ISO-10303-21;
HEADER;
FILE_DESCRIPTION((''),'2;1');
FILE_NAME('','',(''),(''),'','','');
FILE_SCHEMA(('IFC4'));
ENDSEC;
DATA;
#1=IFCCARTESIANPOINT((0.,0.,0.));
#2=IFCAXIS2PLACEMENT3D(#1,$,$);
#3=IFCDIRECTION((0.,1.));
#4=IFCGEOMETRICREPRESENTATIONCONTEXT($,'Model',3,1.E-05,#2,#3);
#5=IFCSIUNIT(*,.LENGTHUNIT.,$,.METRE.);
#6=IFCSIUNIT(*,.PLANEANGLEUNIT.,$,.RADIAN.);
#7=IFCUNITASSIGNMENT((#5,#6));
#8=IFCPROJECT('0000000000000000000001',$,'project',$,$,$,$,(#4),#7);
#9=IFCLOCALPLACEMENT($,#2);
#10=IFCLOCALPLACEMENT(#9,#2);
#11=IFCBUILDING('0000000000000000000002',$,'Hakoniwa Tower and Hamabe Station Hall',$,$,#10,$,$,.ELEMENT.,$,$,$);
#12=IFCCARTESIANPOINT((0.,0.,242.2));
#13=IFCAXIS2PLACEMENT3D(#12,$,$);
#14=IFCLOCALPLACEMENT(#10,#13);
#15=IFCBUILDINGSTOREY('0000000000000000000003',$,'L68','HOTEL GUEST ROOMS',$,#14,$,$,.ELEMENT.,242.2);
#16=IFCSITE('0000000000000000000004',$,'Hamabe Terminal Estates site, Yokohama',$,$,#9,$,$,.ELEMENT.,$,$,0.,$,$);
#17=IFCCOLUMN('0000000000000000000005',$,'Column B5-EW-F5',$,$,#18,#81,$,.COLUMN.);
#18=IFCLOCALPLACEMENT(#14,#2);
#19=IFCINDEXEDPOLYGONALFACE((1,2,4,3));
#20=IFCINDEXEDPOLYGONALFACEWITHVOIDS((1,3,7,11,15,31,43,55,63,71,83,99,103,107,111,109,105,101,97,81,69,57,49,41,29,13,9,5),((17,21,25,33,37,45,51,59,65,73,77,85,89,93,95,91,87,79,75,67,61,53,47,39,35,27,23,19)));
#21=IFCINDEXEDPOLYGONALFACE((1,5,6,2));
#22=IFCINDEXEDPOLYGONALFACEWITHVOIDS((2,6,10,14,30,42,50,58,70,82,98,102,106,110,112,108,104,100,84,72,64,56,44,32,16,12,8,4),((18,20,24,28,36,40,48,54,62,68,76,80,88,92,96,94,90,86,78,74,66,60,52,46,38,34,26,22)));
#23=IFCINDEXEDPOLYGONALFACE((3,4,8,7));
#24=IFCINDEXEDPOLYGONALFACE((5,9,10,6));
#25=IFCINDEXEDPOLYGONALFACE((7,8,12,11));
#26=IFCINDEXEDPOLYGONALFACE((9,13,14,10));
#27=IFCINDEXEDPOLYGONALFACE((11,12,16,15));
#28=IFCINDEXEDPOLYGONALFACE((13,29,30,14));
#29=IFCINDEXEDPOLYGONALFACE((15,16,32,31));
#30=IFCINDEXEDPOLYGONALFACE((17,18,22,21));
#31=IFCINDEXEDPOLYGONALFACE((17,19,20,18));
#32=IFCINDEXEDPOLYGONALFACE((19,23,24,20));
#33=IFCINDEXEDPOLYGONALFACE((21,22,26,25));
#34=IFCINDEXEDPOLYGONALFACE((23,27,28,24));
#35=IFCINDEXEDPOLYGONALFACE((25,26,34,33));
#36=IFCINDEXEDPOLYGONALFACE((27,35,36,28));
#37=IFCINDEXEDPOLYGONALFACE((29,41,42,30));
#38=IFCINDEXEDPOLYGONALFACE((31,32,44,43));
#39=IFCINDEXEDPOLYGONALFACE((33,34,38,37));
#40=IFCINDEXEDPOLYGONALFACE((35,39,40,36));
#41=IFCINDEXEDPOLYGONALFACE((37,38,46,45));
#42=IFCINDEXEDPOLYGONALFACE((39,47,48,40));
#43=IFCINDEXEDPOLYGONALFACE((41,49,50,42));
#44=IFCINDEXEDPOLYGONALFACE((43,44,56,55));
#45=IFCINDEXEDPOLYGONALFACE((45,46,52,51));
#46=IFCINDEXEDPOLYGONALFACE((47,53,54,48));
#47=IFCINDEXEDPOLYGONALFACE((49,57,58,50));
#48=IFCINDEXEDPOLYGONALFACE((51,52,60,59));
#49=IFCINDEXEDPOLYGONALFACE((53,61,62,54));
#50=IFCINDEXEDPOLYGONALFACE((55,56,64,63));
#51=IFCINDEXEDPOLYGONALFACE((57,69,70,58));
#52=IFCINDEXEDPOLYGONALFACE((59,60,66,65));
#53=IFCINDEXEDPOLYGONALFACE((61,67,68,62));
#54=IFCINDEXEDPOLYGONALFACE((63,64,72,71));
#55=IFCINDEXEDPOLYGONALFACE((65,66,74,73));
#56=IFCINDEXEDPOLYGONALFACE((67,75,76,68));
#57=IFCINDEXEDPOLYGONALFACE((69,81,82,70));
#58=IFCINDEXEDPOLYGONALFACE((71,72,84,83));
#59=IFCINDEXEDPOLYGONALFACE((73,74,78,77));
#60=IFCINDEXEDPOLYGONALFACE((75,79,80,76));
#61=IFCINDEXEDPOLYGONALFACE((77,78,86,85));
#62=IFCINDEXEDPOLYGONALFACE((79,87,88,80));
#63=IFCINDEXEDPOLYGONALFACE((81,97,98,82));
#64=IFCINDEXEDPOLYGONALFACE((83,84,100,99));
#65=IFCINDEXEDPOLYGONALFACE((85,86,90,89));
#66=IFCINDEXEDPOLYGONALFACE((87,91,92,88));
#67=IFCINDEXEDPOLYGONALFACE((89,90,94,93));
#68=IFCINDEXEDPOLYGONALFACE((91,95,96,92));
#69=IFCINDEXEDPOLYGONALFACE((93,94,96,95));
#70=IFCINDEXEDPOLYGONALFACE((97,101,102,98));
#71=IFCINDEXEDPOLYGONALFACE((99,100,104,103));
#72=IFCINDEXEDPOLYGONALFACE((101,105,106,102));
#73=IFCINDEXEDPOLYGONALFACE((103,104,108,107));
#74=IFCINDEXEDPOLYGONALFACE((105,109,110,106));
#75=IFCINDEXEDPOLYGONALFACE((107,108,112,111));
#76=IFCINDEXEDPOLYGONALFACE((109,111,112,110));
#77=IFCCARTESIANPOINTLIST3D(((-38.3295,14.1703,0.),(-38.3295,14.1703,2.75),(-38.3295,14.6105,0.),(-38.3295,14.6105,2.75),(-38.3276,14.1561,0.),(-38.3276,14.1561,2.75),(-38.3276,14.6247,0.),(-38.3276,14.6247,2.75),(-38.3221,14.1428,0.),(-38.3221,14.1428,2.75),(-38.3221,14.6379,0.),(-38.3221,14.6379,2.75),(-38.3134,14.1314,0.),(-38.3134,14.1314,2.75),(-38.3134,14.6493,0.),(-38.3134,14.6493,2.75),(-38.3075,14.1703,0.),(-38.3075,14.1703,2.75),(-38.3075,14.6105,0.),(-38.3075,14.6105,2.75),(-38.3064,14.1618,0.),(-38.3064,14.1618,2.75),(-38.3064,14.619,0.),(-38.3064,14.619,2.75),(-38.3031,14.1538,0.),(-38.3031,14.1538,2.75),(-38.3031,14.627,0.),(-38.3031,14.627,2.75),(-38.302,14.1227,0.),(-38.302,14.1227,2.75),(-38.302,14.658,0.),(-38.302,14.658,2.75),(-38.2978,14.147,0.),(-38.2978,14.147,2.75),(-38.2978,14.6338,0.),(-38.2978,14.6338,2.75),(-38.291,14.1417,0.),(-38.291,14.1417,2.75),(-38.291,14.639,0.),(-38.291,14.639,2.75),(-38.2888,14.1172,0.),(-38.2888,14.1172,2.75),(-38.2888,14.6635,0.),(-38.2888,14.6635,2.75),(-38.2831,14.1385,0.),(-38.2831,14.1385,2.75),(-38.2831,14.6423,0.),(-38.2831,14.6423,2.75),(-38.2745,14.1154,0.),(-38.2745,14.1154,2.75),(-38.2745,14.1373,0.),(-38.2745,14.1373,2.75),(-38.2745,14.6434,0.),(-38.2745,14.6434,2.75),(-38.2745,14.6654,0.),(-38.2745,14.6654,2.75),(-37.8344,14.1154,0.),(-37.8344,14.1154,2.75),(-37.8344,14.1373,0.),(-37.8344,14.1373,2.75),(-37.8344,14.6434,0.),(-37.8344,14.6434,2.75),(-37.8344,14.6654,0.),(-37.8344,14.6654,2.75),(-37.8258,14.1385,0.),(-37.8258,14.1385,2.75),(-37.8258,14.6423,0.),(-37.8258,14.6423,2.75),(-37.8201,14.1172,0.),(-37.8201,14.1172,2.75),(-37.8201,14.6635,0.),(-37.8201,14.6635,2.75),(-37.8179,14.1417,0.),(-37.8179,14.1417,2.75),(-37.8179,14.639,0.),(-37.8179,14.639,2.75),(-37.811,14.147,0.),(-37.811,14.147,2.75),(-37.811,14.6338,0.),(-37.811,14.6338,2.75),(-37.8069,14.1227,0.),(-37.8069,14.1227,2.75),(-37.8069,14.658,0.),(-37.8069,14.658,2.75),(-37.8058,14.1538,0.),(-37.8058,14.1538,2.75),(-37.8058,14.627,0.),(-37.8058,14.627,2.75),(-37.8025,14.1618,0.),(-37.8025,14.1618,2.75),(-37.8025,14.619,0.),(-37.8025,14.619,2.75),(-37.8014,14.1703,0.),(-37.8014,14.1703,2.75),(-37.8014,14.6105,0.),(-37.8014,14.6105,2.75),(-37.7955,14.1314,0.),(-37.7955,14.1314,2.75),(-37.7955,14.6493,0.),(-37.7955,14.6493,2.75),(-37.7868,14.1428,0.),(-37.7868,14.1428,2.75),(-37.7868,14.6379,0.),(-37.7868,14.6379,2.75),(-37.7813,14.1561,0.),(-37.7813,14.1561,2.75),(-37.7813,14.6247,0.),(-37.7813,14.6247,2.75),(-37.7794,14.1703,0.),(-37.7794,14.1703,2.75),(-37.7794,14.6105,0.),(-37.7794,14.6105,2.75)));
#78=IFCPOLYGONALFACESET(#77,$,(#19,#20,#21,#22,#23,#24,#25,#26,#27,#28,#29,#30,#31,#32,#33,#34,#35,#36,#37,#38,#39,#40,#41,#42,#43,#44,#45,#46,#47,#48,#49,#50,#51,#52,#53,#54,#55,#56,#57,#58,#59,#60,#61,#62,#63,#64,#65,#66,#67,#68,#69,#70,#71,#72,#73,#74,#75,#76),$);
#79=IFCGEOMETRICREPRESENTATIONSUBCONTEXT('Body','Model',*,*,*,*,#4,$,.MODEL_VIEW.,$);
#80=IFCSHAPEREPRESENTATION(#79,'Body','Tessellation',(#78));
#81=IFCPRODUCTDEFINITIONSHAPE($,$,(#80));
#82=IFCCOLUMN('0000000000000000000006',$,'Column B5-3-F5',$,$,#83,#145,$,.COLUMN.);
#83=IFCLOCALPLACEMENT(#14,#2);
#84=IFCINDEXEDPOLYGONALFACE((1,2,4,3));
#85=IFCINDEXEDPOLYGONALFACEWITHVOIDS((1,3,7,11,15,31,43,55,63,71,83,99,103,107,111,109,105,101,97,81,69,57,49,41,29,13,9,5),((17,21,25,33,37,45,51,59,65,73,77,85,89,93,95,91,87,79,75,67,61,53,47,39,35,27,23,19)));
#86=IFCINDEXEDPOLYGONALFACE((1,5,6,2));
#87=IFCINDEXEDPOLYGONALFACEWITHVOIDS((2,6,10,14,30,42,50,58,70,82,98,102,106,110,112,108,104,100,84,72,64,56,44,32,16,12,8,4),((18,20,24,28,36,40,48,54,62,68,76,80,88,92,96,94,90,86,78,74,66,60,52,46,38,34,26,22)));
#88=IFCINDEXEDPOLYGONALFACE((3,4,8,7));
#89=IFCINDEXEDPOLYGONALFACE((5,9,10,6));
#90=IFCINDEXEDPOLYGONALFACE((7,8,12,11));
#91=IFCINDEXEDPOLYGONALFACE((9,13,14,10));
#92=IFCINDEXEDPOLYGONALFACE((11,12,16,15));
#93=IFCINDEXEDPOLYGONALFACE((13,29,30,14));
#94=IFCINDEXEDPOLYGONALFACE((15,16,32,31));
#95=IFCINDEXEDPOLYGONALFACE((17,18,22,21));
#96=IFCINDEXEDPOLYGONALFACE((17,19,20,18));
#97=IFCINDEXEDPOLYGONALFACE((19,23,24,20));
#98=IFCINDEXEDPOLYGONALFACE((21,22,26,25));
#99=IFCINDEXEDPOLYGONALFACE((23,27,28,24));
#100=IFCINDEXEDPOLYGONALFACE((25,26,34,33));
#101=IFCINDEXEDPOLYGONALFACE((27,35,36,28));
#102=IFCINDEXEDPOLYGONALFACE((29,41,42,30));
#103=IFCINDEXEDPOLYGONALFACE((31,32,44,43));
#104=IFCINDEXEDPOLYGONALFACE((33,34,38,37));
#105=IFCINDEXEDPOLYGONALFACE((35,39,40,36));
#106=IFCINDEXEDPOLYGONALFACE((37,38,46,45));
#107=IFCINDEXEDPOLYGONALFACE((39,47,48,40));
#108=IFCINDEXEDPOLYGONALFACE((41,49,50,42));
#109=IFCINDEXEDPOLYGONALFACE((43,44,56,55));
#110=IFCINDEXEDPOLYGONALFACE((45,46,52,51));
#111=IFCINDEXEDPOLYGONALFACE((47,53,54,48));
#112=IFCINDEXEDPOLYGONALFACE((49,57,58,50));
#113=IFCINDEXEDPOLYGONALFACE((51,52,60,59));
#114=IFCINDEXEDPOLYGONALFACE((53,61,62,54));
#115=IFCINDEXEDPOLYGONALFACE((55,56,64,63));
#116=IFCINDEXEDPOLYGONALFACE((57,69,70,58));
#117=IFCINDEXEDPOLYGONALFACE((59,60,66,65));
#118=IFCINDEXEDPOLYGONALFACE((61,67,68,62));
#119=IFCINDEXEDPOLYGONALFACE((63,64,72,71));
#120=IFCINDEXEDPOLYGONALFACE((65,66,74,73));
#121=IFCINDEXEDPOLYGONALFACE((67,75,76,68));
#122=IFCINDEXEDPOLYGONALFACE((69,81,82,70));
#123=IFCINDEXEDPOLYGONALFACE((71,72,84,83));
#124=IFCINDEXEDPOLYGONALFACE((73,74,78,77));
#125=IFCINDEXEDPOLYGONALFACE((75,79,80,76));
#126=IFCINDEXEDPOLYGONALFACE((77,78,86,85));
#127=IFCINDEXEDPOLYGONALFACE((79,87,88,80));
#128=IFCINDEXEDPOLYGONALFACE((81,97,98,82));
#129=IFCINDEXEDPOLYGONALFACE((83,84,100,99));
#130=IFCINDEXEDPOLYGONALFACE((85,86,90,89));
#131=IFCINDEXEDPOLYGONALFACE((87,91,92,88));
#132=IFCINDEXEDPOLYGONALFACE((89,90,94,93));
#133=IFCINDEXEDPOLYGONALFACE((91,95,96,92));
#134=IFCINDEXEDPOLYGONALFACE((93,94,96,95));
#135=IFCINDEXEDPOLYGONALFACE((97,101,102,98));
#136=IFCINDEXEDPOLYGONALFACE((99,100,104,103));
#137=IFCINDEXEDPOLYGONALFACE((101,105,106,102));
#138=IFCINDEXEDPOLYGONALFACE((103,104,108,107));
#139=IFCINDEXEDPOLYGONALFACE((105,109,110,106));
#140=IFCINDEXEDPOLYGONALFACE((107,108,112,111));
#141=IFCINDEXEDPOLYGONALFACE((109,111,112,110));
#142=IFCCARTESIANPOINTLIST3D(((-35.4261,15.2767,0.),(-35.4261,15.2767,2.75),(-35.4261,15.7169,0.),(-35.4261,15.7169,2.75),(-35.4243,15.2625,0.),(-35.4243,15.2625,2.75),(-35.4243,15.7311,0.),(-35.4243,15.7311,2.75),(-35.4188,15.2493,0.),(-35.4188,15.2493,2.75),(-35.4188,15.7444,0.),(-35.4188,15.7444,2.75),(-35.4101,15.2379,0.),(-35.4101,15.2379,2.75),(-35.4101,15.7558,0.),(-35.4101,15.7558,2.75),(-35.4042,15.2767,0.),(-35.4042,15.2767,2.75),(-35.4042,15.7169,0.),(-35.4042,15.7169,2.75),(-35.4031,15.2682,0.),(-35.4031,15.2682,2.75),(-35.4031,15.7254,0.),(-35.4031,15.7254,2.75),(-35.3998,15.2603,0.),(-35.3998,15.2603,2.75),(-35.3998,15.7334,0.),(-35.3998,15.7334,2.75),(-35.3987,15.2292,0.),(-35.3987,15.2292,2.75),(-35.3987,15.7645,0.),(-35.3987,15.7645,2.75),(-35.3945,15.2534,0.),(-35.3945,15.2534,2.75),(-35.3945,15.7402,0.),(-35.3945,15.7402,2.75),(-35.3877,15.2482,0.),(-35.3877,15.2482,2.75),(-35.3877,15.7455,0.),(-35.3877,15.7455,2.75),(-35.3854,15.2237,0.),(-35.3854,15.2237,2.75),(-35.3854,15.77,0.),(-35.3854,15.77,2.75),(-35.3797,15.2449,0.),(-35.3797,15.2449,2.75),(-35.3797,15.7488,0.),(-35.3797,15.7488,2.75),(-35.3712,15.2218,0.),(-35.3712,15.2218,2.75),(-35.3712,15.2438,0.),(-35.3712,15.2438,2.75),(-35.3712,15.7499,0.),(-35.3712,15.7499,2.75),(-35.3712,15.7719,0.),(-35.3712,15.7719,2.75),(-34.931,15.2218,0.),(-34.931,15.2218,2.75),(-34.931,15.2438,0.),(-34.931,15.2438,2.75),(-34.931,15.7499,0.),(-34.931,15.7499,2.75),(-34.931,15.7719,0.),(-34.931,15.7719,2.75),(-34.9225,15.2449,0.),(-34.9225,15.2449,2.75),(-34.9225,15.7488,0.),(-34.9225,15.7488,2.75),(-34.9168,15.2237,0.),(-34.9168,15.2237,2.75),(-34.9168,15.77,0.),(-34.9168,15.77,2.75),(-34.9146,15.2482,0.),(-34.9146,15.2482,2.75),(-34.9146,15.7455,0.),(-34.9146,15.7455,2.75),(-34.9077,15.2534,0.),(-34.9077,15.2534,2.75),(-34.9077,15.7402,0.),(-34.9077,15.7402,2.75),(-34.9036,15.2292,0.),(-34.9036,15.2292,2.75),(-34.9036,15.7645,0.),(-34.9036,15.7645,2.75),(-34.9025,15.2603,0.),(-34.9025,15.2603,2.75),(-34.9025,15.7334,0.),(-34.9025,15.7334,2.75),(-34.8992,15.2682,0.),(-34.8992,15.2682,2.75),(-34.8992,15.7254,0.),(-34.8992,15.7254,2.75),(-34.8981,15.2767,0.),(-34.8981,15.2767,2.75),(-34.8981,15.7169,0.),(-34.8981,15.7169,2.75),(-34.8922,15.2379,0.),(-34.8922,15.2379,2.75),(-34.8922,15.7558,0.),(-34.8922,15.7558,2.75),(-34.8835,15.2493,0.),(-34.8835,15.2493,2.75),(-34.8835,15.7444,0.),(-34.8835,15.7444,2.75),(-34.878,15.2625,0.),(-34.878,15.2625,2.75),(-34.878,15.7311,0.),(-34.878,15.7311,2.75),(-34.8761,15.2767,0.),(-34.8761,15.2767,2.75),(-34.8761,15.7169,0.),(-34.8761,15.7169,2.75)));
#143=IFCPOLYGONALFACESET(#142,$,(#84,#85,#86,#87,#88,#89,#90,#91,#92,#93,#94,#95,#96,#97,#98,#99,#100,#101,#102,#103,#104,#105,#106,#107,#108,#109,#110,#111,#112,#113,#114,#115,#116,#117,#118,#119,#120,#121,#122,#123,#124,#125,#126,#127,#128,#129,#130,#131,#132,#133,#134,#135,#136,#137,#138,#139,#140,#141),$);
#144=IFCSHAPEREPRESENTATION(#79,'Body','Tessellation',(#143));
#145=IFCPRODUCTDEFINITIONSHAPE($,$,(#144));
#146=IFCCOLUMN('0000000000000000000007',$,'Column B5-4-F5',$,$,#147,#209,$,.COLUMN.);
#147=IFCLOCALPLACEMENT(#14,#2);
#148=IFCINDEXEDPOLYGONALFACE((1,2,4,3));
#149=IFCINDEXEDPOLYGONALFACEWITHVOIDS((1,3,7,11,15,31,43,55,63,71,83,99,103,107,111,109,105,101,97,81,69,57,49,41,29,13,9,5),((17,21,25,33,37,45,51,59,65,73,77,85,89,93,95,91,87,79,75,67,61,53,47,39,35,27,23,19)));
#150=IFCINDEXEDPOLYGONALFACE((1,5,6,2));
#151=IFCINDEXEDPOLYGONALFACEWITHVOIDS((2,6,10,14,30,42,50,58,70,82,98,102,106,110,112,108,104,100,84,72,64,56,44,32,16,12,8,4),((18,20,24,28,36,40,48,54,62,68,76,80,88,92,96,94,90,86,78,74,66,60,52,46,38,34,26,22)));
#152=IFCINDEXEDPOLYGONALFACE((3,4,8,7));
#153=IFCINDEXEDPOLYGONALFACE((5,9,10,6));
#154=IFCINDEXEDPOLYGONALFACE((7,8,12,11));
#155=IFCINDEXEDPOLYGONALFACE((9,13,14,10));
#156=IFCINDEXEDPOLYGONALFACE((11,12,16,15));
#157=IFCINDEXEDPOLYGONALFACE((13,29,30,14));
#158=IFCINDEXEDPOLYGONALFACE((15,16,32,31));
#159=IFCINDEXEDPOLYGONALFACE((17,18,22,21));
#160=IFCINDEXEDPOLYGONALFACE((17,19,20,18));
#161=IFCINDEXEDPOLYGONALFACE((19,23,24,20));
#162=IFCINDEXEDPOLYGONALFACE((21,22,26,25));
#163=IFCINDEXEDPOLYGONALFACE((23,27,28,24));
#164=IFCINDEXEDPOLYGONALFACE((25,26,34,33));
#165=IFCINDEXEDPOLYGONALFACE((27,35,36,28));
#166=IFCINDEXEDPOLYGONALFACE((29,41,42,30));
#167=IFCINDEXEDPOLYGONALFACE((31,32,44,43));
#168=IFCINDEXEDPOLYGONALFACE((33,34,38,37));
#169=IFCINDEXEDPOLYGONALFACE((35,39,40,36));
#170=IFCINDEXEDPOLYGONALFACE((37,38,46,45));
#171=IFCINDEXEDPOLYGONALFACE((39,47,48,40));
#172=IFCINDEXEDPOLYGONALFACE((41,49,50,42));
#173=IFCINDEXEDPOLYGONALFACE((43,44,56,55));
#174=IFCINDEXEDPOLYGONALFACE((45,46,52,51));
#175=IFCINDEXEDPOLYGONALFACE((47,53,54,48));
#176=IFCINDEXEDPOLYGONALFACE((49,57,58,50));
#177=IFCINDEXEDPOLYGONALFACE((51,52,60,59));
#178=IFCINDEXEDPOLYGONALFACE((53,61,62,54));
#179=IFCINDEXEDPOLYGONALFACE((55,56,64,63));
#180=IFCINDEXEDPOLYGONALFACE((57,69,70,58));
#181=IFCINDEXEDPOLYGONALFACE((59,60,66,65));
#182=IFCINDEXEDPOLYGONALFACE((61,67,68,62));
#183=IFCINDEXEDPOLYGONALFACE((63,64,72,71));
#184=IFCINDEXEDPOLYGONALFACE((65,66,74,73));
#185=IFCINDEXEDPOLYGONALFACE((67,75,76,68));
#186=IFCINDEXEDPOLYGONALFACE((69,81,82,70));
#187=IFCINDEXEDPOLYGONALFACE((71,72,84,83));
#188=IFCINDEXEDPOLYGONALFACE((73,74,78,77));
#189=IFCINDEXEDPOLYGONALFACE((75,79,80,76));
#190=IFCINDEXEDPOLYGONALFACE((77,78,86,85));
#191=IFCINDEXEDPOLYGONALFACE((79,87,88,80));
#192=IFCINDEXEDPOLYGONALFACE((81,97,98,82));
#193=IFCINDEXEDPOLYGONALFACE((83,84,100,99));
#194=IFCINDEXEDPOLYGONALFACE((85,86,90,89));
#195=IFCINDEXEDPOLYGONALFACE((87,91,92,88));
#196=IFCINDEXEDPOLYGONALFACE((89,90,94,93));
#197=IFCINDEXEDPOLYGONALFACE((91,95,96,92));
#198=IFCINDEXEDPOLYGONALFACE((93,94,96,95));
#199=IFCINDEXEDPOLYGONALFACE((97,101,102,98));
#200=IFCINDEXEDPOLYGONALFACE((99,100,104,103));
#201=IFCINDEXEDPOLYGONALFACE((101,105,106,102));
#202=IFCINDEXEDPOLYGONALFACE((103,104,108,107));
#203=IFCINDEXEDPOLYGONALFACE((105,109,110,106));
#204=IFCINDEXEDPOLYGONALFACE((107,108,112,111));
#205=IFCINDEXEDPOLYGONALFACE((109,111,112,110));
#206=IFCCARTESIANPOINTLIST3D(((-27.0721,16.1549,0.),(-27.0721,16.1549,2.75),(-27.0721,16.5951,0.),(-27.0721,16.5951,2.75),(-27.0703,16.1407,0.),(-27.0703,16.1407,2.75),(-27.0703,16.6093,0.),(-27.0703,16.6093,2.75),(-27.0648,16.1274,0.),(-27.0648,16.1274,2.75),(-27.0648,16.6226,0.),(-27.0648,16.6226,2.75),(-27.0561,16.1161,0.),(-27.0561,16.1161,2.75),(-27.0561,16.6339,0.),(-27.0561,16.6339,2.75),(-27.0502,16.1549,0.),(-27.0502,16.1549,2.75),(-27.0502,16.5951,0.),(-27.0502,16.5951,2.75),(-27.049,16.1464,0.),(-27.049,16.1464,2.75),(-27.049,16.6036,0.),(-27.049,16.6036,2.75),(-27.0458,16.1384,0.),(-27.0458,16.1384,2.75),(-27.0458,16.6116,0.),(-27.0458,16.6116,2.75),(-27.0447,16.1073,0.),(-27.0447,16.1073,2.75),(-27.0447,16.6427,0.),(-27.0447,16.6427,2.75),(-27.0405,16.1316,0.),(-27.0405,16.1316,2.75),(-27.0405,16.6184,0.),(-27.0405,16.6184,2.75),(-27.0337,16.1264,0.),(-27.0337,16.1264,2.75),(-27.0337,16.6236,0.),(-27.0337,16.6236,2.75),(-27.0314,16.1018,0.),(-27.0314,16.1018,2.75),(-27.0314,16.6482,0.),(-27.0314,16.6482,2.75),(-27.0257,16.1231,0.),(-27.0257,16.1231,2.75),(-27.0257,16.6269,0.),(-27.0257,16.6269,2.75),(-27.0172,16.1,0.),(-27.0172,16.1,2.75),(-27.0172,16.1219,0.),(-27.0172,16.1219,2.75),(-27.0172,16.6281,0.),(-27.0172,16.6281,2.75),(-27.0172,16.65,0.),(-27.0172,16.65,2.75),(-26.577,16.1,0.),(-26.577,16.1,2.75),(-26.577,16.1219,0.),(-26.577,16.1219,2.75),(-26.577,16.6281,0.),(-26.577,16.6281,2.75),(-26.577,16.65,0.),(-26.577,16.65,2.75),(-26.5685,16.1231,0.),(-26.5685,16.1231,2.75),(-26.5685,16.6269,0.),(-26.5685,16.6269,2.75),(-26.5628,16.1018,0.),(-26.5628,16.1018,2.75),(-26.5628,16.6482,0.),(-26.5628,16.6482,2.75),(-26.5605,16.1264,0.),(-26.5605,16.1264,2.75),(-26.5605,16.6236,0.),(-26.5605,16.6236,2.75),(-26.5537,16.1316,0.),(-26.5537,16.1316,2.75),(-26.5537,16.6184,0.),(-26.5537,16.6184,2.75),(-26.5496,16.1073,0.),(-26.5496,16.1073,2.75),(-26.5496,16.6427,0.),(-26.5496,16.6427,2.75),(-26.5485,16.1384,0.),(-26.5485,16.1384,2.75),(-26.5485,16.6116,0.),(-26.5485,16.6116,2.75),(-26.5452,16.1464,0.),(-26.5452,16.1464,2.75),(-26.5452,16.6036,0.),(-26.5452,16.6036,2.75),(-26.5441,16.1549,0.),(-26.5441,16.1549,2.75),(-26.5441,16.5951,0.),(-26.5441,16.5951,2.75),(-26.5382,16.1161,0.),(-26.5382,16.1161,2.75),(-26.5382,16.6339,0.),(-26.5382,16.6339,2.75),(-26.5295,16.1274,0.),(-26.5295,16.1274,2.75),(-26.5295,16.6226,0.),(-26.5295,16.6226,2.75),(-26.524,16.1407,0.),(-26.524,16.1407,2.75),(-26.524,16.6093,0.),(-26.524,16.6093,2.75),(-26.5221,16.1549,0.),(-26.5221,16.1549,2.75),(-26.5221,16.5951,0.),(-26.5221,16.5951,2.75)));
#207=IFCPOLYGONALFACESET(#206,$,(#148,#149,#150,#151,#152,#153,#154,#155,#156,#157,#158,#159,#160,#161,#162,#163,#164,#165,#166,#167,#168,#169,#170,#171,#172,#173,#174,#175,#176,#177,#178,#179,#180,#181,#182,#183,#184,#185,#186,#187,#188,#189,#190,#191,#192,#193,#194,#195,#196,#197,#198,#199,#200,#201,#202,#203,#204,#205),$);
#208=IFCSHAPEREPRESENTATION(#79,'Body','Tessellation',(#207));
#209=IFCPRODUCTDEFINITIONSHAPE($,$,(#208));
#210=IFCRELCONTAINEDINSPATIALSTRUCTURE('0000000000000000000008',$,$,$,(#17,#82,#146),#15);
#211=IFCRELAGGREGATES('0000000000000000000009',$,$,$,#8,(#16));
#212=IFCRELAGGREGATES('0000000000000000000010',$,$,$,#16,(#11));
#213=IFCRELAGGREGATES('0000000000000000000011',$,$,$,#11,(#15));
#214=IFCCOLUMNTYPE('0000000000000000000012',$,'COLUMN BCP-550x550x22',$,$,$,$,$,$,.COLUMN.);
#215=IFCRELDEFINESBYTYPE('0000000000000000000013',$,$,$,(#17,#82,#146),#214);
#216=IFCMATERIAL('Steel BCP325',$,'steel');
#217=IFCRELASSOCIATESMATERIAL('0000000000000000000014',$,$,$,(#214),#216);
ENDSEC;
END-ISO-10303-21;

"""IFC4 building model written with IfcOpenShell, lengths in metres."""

from ifc_helpers import new_model, si_unit, direction, frame, origin, origin_2d, place, context, subcontext, project, spatial, hollow_rectangle, extrude, material, material_profile, profile_set, type_object, element, save


model = new_model("IFC4")

# Units and contexts
model_context = context("Model", 3, precision=1e-05, world=origin(), true_north=direction((0.0, 1.0)))
body_context = subcontext(model_context, "Body", "Model", "MODEL_VIEW")
ifc_project = project(units=[si_unit("LENGTHUNIT", "METRE"), si_unit("PLANEANGLEUNIT", "RADIAN")], contexts=[model_context])

# Site, building, storey
site_placement = place(None, origin())
site = spatial("IfcSite", under=ifc_project, at=site_placement, Name="Hamabe Terminal Estates site, Yokohama", CompositionType="ELEMENT", RefElevation=0.0)
building_placement = place(site_placement, origin())
building = spatial("IfcBuilding", under=site, at=building_placement, Name="Hakoniwa Tower and Hamabe Station Hall", CompositionType="ELEMENT")
storey_placement = place(building_placement, frame((0.0, 0.0, 242.2)))
storey = spatial("IfcBuildingStorey", under=building, at=storey_placement, Name="L68", Description="HOTEL GUEST ROOMS", CompositionType="ELEMENT", Elevation=242.2)

# Columns
ifc_material_1 = material(Name="Steel BCP325", Category="steel")
ifc_material_profile_1 = material_profile(ifc_material_1, hollow_rectangle(XDim=0.55, YDim=0.55, WallThickness=0.022, InnerFilletRadius=0.033, OuterFilletRadius=0.0549, at=origin_2d()), Name="BCP-550x550x22")
ifc_profile_set_1 = profile_set([ifc_material_profile_1], Name="Steel BCP325")
column_type = type_object("IfcColumnType", Name="COLUMN BCP-550x550x22", PredefinedType="COLUMN", material=ifc_profile_set_1)
for number, where, z_axis, x_axis, name in (
    (1, (-38.0544, 14.3904, 0.0), (0.0, 0.0, 1.0), (1.0, 0.0, 0.0), "Column B5-EW-F5"),
    (2, (-35.1511, 15.4968, 0.0), (0.0, 0.0, 1.0), (1.0, 0.0, 0.0), "Column B5-3-F5"),
    (3, (-26.7971, 16.375, 0.0), (0.0, 0.0, 1.0), (1.0, 0.0, 0.0), "Column B5-4-F5"),
):
    element("IfcColumn", number, at=place(storey_placement, frame(where, z_axis=z_axis, x_axis=x_axis)), inside=storey, type_object=column_type, Name=name, PredefinedType="COLUMN", context=body_context, shape_type="SweptSolid", body=[
        extrude(hollow_rectangle(XDim=0.55, YDim=0.55, WallThickness=0.022, InnerFilletRadius=0.033, OuterFilletRadius=0.0549, at=origin_2d()), origin(), (0.0, 0.0, 1.0), 2.75),
    ])

save(model, "model.ifc")
